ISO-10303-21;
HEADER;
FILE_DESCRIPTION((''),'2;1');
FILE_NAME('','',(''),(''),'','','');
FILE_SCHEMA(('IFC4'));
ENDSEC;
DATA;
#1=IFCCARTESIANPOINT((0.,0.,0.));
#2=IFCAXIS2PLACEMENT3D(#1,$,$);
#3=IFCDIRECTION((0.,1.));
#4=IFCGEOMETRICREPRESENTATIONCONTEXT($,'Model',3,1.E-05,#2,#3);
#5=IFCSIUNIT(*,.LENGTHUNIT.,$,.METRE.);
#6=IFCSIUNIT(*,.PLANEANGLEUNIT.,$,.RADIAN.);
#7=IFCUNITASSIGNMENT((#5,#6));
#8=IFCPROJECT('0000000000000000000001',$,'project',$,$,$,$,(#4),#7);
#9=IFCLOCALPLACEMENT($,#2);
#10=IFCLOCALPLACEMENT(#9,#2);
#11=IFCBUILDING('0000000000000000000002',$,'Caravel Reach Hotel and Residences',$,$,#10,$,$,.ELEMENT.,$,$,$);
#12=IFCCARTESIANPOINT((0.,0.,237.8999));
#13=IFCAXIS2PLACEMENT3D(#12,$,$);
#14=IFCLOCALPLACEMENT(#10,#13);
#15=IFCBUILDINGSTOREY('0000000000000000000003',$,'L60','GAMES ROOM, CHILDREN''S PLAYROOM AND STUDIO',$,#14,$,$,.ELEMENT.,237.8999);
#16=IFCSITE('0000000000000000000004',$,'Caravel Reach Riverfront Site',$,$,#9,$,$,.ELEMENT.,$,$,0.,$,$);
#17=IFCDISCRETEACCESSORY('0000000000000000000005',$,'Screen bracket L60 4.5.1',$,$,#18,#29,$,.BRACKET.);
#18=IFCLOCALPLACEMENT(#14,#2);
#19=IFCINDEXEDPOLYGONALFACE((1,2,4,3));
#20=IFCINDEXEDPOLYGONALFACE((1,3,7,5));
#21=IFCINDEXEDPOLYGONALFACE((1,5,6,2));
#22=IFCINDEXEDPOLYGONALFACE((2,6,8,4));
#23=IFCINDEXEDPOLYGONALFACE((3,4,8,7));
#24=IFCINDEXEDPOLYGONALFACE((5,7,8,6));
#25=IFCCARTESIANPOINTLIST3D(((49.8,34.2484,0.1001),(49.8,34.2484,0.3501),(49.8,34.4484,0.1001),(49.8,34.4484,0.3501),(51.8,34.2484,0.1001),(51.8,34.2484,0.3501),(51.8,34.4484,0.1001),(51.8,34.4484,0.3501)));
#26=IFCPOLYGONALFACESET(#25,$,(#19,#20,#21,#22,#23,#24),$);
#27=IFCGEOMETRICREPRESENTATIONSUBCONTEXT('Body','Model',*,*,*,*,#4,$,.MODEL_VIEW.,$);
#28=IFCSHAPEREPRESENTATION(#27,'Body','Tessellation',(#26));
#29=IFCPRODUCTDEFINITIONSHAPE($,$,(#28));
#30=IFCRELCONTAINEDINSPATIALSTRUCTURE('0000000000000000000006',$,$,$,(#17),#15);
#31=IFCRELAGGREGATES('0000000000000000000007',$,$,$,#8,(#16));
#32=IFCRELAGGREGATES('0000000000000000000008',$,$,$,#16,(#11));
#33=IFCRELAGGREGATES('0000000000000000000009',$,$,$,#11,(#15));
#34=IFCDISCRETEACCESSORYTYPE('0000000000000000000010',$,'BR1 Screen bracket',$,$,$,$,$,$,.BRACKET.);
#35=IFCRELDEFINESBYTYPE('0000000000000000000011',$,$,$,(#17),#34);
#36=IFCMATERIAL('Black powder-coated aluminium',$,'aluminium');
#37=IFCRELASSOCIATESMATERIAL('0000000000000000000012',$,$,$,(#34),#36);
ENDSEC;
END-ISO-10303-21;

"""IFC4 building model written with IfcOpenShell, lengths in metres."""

from ifc_helpers import new_model, si_unit, direction, frame, origin, origin_2d, place, context, subcontext, project, spatial, rectangle, extrude, material, type_object, element, save


model = new_model("IFC4")

# Units and contexts
model_context = context("Model", 3, precision=1e-05, world=origin(), true_north=direction((0.0, 1.0)))
body_context = subcontext(model_context, "Body", "Model", "MODEL_VIEW")
ifc_project = project(units=[si_unit("LENGTHUNIT", "METRE"), si_unit("PLANEANGLEUNIT", "RADIAN")], contexts=[model_context])

# Site, building, storey
site_placement = place(None, origin())
site = spatial("IfcSite", under=ifc_project, at=site_placement, Name="Caravel Reach Riverfront Site", CompositionType="ELEMENT", RefElevation=0.0)
building_placement = place(site_placement, origin())
building = spatial("IfcBuilding", under=site, at=building_placement, Name="Caravel Reach Hotel and Residences", CompositionType="ELEMENT")
storey_placement = place(building_placement, frame((0.0, 0.0, 237.8999)))
storey = spatial("IfcBuildingStorey", under=building, at=storey_placement, Name="L60", Description="GAMES ROOM, CHILDREN'S PLAYROOM AND STUDIO", CompositionType="ELEMENT", Elevation=237.8999)

# Discrete accessory
ifc_material_1 = material(Name="Black powder-coated aluminium", Category="aluminium")
discrete_accessory_type = type_object("IfcDiscreteAccessoryType", Name="BR1 Screen bracket", PredefinedType="BRACKET", material=ifc_material_1)
for number, where, z_axis, x_axis, name in (
    (1, (50.8, 34.3484, 0.1001), (0.0, 0.0, 1.0), (1.0, 0.0, 0.0), "Screen bracket L60 4.5.1"),
):
    element("IfcDiscreteAccessory", number, at=place(storey_placement, frame(where, z_axis=z_axis, x_axis=x_axis)), inside=storey, type_object=discrete_accessory_type, Name=name, PredefinedType="BRACKET", context=body_context, shape_type="SweptSolid", body=[
        extrude(rectangle(XDim=2.0, YDim=0.2, at=origin_2d()), origin(), (0.0, 0.0, 1.0), 0.25),
    ])

save(model, "model.ifc")
